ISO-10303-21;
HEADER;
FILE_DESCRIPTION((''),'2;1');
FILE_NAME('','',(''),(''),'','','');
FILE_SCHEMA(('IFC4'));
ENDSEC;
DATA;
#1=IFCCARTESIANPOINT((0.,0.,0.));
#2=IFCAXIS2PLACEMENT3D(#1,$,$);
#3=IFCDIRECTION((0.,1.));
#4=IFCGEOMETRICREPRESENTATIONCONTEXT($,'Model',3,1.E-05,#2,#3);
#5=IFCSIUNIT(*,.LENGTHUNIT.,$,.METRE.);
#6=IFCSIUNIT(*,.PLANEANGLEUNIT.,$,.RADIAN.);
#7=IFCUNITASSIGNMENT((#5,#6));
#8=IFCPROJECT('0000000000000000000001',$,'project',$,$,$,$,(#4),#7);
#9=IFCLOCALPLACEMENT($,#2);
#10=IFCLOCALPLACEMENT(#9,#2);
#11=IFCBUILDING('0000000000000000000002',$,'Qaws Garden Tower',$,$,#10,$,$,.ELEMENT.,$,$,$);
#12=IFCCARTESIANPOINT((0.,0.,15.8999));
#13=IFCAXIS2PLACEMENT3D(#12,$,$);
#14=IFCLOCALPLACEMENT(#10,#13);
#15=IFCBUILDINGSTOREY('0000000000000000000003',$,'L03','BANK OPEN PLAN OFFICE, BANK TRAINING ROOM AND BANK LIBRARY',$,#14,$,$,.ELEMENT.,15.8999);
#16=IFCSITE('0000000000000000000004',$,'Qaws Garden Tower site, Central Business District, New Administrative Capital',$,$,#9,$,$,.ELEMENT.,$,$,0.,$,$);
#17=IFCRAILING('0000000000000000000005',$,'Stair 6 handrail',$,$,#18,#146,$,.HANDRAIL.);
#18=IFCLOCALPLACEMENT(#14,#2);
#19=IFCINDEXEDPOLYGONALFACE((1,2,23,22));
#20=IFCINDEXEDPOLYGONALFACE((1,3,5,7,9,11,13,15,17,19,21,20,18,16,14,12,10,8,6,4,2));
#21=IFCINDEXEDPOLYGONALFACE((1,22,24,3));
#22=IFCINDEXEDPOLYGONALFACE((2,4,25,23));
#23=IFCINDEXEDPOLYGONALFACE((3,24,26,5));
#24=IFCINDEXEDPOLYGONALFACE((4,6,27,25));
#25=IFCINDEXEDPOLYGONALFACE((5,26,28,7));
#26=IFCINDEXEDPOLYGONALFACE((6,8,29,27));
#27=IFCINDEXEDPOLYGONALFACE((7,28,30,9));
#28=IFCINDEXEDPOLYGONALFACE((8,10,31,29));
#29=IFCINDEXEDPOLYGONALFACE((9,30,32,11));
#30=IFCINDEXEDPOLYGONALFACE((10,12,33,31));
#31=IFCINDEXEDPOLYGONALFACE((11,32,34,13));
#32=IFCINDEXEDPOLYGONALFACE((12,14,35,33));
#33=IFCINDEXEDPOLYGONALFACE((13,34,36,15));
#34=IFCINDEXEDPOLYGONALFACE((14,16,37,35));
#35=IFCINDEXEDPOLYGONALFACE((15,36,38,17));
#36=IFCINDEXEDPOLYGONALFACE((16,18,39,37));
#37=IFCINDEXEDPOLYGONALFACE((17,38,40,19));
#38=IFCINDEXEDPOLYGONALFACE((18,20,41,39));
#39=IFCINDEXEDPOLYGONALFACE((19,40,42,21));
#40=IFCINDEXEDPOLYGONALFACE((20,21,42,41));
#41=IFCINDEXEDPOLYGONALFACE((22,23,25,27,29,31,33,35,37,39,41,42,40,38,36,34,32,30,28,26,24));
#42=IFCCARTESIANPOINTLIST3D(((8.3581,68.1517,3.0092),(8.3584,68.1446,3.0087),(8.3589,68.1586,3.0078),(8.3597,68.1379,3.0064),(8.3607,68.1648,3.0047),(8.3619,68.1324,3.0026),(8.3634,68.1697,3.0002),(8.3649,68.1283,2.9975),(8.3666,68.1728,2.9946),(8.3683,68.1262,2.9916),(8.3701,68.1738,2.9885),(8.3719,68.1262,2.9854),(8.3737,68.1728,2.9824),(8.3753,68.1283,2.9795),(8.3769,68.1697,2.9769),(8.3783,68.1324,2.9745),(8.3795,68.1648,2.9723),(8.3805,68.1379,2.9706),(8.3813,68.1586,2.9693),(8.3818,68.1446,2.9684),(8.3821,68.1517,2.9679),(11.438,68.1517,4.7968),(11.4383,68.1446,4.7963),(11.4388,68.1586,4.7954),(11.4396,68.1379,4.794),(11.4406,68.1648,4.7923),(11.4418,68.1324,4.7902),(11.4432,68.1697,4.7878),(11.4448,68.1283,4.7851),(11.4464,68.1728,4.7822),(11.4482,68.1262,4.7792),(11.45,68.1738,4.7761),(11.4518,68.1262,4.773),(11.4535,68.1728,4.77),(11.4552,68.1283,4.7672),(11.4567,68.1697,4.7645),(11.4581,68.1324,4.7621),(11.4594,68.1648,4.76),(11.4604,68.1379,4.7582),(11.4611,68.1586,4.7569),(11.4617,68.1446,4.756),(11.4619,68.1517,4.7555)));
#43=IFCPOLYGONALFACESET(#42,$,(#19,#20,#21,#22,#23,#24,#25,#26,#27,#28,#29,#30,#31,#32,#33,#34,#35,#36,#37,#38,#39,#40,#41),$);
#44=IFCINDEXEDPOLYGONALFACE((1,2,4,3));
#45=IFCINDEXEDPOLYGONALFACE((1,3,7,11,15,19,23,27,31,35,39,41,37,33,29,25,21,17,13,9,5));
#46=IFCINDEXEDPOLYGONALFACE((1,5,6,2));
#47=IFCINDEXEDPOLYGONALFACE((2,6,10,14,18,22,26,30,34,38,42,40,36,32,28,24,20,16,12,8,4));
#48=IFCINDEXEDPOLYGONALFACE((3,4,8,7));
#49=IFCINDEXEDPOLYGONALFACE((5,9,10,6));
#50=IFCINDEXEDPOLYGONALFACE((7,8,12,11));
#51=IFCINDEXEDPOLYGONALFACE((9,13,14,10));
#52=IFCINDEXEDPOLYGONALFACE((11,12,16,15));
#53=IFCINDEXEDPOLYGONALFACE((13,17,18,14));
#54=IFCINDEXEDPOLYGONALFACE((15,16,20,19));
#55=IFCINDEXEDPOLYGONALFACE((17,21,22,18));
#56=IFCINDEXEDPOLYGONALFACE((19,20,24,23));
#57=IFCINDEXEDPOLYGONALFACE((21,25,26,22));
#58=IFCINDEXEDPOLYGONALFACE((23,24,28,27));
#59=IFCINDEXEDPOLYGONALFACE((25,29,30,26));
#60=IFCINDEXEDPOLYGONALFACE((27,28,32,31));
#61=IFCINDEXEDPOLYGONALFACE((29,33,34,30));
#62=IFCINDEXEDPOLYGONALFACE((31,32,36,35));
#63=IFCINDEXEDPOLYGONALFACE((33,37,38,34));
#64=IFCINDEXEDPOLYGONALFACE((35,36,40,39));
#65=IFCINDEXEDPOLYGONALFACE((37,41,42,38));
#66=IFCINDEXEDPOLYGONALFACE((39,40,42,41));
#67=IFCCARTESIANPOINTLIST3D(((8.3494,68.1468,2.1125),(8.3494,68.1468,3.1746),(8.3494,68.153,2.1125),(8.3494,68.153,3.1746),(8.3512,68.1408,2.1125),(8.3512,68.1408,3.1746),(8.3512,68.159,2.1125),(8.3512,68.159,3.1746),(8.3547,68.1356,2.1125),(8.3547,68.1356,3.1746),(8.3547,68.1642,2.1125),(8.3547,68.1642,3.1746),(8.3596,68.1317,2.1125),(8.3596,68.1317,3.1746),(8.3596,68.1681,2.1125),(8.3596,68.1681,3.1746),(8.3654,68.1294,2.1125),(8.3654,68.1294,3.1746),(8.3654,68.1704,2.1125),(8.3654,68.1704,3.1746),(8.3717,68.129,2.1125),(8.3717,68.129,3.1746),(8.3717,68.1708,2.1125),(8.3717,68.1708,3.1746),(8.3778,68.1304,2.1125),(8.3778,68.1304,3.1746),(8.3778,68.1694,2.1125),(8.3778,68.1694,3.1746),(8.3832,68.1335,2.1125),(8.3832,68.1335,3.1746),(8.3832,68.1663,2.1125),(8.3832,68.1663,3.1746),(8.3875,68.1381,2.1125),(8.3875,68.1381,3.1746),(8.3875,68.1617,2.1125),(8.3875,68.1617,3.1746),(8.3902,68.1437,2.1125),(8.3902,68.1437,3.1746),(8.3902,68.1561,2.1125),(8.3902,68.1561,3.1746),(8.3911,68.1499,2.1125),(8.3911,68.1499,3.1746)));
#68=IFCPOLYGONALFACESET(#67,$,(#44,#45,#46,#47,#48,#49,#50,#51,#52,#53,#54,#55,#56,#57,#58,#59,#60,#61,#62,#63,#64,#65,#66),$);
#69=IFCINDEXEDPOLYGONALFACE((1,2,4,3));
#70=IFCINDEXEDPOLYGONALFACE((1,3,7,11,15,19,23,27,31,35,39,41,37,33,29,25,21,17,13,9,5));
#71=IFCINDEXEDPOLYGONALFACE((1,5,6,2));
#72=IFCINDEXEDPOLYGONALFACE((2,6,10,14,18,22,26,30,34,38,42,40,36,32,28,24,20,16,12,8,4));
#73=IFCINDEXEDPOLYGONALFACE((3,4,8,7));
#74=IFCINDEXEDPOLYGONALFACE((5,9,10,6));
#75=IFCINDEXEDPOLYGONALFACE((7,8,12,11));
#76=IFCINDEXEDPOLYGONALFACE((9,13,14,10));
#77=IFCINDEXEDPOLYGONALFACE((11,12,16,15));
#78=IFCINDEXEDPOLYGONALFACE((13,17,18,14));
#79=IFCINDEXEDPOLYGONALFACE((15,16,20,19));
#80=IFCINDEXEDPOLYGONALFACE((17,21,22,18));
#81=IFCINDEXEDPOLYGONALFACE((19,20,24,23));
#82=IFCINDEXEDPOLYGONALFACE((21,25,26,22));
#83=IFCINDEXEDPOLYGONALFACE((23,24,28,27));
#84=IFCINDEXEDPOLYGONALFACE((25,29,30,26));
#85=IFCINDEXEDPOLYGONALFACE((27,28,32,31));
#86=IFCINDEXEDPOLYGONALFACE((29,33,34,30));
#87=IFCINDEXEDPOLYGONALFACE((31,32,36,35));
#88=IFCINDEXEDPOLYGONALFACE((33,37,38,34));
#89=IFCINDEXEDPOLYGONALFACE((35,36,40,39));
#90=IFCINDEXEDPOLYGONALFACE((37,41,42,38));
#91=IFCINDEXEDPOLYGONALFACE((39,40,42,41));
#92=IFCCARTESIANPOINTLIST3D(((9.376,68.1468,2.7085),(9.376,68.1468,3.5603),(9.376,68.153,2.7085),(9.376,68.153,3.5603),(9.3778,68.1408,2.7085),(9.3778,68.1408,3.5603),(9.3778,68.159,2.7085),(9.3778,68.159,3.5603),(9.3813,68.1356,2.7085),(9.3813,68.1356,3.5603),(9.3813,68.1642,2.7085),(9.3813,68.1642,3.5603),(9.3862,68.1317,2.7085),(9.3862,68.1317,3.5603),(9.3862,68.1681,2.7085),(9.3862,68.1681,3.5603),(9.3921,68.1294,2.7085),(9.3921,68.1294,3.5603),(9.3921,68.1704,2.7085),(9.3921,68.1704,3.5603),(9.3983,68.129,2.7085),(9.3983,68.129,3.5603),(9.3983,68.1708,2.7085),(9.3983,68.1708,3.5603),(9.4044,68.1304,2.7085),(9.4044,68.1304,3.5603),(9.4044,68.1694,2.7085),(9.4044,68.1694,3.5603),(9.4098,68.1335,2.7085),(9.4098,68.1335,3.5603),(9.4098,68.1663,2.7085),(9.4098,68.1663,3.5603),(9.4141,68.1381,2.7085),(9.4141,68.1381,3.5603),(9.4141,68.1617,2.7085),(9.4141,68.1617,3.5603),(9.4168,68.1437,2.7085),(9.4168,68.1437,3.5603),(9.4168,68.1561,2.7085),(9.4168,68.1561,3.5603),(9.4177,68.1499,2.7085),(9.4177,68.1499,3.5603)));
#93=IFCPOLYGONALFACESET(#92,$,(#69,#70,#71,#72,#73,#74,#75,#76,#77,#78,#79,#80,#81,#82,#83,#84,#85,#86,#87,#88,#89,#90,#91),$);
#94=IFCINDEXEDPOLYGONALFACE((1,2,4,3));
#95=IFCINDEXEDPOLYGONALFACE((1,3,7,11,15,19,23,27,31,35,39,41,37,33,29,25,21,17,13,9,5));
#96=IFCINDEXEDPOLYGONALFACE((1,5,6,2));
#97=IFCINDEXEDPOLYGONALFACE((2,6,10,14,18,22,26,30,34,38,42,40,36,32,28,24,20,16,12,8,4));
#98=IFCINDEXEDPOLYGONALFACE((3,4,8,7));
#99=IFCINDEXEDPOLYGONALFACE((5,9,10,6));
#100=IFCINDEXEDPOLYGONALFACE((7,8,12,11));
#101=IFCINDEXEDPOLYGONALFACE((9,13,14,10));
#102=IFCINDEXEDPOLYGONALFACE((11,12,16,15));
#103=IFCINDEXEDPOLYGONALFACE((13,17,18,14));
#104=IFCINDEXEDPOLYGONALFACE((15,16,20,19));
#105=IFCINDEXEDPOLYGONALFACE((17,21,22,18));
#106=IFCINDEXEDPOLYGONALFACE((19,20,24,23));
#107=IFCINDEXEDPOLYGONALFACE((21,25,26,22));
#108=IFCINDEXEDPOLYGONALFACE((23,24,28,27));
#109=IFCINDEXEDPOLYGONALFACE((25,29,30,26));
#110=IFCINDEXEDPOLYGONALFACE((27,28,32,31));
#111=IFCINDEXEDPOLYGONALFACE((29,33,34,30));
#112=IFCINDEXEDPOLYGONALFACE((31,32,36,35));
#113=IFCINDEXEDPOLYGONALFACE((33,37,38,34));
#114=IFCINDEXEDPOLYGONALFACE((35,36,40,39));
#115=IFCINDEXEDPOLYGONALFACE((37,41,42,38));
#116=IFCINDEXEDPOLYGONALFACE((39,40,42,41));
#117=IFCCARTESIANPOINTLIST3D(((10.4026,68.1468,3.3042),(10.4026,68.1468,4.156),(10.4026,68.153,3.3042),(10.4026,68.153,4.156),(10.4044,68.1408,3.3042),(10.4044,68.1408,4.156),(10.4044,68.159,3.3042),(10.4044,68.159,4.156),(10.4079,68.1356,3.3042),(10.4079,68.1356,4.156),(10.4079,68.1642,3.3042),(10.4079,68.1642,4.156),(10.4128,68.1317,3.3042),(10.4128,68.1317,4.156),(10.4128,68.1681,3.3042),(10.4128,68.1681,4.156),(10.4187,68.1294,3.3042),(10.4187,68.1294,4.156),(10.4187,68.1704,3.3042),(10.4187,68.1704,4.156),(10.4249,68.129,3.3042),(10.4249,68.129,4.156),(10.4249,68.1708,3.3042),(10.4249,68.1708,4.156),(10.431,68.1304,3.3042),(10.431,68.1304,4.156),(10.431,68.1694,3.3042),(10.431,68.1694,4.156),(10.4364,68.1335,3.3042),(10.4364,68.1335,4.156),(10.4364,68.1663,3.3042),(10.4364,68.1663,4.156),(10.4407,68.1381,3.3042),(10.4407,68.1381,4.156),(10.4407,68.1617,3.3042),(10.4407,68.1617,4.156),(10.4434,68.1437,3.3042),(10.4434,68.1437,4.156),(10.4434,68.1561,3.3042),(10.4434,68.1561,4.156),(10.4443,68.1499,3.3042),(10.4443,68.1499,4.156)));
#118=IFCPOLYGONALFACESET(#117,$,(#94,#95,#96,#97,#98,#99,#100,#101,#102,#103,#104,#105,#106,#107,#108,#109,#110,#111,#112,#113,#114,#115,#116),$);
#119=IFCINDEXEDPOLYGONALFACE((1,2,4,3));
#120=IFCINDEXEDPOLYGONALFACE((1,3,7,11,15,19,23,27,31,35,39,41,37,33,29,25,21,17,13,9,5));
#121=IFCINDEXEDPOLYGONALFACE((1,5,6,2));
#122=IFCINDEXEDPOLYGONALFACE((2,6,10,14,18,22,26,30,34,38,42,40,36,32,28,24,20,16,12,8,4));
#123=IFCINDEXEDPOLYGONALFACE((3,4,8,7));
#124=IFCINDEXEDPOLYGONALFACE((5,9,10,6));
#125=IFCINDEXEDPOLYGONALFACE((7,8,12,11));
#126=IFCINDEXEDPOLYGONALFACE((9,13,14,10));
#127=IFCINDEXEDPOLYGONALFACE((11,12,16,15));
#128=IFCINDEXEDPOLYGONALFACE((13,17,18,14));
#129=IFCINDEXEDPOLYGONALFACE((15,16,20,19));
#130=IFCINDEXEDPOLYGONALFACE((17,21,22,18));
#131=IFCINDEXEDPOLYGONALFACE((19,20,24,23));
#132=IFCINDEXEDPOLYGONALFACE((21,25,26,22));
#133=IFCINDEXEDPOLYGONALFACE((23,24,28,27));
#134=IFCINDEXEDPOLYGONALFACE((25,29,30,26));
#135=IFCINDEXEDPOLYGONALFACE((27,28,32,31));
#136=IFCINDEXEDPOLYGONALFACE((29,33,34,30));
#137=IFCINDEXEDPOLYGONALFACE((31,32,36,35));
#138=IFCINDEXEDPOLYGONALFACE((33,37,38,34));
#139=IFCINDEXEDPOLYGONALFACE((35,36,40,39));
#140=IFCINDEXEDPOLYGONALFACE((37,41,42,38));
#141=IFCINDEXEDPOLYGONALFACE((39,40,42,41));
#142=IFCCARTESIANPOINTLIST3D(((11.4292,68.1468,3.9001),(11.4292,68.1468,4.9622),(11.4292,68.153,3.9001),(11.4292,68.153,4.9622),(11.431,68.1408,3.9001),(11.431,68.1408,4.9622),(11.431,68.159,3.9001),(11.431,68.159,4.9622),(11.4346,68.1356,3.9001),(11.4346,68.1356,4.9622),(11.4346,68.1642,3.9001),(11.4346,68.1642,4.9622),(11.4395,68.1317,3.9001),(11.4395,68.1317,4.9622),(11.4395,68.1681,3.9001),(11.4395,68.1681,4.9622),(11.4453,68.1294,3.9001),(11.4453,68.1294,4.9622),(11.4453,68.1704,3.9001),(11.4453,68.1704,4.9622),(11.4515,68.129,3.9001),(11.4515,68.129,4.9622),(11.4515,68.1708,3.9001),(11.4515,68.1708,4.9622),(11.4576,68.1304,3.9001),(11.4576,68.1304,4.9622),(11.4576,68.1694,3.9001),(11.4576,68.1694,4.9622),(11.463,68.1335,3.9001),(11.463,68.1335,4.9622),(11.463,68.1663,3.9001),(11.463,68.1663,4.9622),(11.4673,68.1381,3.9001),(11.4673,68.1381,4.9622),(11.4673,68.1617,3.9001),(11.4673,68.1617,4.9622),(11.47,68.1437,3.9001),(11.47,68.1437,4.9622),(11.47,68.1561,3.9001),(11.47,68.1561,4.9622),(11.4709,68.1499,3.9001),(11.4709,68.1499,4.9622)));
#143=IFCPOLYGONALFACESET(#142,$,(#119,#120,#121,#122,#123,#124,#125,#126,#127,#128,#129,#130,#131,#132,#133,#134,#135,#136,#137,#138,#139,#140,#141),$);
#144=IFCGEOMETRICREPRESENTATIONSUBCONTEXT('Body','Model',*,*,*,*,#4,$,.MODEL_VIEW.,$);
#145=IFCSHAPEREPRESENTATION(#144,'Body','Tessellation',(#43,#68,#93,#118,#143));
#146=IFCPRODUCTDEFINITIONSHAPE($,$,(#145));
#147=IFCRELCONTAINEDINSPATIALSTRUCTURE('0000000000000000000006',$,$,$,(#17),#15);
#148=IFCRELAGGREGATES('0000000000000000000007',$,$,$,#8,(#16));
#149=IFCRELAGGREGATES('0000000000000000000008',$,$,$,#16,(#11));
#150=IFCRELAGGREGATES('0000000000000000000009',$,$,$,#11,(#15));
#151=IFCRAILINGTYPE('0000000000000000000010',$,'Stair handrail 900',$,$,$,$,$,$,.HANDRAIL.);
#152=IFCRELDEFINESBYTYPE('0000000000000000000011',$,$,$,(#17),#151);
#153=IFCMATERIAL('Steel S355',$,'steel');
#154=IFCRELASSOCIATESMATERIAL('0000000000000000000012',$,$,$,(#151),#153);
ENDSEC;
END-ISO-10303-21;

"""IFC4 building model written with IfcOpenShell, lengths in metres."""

from ifc_helpers import new_model, si_unit, direction, frame, origin, origin_2d, place, context, subcontext, project, spatial, circle, extrude, material, type_object, element, save


model = new_model("IFC4")

# Units and contexts
model_context = context("Model", 3, precision=1e-05, world=origin(), true_north=direction((0.0, 1.0)))
body_context = subcontext(model_context, "Body", "Model", "MODEL_VIEW")
ifc_project = project(units=[si_unit("LENGTHUNIT", "METRE"), si_unit("PLANEANGLEUNIT", "RADIAN")], contexts=[model_context])

# Site, building, storey
site_placement = place(None, origin())
site = spatial("IfcSite", under=ifc_project, at=site_placement, Name="Qaws Garden Tower site, Central Business District, New Administrative Capital", CompositionType="ELEMENT", RefElevation=0.0)
building_placement = place(site_placement, origin())
building = spatial("IfcBuilding", under=site, at=building_placement, Name="Qaws Garden Tower", CompositionType="ELEMENT")
storey_placement = place(building_placement, frame((0.0, 0.0, 15.8999)))
storey = spatial("IfcBuildingStorey", under=building, at=storey_placement, Name="L03", Description="BANK OPEN PLAN OFFICE, BANK TRAINING ROOM AND BANK LIBRARY", CompositionType="ELEMENT", Elevation=15.8999)

# Railing
ifc_material_1 = material(Name="Steel S355", Category="steel")
railing_type = type_object("IfcRailingType", Name="Stair handrail 900", PredefinedType="HANDRAIL", material=ifc_material_1)
railing_1_placement = place(storey_placement, frame((8.3701, 68.1499, 2.1125)))
element("IfcRailing", 1, at=railing_1_placement, inside=storey, type_object=railing_type, Name="Stair 6 handrail", PredefinedType="HANDRAIL", context=body_context, shape_type="SweptSolid", body=[
    extrude(circle(Radius=0.0239, at=origin_2d()), frame((0.0, 0.0, 0.876), z_axis=(0.864873, 0.0, 0.50199), x_axis=(0.0, 1.0, 0.0)), (0.0, 0.0, 1.0), 3.561),
    extrude(circle(Radius=0.021, at=origin_2d()), origin(), (0.0, 0.0, 1.0), 1.062),
    extrude(circle(Radius=0.021, at=origin_2d()), frame((1.0266, 0.0, 0.5959)), (0.0, 0.0, 1.0), 0.8518),
    extrude(circle(Radius=0.021, at=origin_2d()), frame((2.0532, 0.0, 1.1917)), (0.0, 0.0, 1.0), 0.8518),
    extrude(circle(Radius=0.021, at=origin_2d()), frame((3.0798, 0.0, 1.7876)), (0.0, 0.0, 1.0), 1.062),
])

save(model, "model.ifc")
